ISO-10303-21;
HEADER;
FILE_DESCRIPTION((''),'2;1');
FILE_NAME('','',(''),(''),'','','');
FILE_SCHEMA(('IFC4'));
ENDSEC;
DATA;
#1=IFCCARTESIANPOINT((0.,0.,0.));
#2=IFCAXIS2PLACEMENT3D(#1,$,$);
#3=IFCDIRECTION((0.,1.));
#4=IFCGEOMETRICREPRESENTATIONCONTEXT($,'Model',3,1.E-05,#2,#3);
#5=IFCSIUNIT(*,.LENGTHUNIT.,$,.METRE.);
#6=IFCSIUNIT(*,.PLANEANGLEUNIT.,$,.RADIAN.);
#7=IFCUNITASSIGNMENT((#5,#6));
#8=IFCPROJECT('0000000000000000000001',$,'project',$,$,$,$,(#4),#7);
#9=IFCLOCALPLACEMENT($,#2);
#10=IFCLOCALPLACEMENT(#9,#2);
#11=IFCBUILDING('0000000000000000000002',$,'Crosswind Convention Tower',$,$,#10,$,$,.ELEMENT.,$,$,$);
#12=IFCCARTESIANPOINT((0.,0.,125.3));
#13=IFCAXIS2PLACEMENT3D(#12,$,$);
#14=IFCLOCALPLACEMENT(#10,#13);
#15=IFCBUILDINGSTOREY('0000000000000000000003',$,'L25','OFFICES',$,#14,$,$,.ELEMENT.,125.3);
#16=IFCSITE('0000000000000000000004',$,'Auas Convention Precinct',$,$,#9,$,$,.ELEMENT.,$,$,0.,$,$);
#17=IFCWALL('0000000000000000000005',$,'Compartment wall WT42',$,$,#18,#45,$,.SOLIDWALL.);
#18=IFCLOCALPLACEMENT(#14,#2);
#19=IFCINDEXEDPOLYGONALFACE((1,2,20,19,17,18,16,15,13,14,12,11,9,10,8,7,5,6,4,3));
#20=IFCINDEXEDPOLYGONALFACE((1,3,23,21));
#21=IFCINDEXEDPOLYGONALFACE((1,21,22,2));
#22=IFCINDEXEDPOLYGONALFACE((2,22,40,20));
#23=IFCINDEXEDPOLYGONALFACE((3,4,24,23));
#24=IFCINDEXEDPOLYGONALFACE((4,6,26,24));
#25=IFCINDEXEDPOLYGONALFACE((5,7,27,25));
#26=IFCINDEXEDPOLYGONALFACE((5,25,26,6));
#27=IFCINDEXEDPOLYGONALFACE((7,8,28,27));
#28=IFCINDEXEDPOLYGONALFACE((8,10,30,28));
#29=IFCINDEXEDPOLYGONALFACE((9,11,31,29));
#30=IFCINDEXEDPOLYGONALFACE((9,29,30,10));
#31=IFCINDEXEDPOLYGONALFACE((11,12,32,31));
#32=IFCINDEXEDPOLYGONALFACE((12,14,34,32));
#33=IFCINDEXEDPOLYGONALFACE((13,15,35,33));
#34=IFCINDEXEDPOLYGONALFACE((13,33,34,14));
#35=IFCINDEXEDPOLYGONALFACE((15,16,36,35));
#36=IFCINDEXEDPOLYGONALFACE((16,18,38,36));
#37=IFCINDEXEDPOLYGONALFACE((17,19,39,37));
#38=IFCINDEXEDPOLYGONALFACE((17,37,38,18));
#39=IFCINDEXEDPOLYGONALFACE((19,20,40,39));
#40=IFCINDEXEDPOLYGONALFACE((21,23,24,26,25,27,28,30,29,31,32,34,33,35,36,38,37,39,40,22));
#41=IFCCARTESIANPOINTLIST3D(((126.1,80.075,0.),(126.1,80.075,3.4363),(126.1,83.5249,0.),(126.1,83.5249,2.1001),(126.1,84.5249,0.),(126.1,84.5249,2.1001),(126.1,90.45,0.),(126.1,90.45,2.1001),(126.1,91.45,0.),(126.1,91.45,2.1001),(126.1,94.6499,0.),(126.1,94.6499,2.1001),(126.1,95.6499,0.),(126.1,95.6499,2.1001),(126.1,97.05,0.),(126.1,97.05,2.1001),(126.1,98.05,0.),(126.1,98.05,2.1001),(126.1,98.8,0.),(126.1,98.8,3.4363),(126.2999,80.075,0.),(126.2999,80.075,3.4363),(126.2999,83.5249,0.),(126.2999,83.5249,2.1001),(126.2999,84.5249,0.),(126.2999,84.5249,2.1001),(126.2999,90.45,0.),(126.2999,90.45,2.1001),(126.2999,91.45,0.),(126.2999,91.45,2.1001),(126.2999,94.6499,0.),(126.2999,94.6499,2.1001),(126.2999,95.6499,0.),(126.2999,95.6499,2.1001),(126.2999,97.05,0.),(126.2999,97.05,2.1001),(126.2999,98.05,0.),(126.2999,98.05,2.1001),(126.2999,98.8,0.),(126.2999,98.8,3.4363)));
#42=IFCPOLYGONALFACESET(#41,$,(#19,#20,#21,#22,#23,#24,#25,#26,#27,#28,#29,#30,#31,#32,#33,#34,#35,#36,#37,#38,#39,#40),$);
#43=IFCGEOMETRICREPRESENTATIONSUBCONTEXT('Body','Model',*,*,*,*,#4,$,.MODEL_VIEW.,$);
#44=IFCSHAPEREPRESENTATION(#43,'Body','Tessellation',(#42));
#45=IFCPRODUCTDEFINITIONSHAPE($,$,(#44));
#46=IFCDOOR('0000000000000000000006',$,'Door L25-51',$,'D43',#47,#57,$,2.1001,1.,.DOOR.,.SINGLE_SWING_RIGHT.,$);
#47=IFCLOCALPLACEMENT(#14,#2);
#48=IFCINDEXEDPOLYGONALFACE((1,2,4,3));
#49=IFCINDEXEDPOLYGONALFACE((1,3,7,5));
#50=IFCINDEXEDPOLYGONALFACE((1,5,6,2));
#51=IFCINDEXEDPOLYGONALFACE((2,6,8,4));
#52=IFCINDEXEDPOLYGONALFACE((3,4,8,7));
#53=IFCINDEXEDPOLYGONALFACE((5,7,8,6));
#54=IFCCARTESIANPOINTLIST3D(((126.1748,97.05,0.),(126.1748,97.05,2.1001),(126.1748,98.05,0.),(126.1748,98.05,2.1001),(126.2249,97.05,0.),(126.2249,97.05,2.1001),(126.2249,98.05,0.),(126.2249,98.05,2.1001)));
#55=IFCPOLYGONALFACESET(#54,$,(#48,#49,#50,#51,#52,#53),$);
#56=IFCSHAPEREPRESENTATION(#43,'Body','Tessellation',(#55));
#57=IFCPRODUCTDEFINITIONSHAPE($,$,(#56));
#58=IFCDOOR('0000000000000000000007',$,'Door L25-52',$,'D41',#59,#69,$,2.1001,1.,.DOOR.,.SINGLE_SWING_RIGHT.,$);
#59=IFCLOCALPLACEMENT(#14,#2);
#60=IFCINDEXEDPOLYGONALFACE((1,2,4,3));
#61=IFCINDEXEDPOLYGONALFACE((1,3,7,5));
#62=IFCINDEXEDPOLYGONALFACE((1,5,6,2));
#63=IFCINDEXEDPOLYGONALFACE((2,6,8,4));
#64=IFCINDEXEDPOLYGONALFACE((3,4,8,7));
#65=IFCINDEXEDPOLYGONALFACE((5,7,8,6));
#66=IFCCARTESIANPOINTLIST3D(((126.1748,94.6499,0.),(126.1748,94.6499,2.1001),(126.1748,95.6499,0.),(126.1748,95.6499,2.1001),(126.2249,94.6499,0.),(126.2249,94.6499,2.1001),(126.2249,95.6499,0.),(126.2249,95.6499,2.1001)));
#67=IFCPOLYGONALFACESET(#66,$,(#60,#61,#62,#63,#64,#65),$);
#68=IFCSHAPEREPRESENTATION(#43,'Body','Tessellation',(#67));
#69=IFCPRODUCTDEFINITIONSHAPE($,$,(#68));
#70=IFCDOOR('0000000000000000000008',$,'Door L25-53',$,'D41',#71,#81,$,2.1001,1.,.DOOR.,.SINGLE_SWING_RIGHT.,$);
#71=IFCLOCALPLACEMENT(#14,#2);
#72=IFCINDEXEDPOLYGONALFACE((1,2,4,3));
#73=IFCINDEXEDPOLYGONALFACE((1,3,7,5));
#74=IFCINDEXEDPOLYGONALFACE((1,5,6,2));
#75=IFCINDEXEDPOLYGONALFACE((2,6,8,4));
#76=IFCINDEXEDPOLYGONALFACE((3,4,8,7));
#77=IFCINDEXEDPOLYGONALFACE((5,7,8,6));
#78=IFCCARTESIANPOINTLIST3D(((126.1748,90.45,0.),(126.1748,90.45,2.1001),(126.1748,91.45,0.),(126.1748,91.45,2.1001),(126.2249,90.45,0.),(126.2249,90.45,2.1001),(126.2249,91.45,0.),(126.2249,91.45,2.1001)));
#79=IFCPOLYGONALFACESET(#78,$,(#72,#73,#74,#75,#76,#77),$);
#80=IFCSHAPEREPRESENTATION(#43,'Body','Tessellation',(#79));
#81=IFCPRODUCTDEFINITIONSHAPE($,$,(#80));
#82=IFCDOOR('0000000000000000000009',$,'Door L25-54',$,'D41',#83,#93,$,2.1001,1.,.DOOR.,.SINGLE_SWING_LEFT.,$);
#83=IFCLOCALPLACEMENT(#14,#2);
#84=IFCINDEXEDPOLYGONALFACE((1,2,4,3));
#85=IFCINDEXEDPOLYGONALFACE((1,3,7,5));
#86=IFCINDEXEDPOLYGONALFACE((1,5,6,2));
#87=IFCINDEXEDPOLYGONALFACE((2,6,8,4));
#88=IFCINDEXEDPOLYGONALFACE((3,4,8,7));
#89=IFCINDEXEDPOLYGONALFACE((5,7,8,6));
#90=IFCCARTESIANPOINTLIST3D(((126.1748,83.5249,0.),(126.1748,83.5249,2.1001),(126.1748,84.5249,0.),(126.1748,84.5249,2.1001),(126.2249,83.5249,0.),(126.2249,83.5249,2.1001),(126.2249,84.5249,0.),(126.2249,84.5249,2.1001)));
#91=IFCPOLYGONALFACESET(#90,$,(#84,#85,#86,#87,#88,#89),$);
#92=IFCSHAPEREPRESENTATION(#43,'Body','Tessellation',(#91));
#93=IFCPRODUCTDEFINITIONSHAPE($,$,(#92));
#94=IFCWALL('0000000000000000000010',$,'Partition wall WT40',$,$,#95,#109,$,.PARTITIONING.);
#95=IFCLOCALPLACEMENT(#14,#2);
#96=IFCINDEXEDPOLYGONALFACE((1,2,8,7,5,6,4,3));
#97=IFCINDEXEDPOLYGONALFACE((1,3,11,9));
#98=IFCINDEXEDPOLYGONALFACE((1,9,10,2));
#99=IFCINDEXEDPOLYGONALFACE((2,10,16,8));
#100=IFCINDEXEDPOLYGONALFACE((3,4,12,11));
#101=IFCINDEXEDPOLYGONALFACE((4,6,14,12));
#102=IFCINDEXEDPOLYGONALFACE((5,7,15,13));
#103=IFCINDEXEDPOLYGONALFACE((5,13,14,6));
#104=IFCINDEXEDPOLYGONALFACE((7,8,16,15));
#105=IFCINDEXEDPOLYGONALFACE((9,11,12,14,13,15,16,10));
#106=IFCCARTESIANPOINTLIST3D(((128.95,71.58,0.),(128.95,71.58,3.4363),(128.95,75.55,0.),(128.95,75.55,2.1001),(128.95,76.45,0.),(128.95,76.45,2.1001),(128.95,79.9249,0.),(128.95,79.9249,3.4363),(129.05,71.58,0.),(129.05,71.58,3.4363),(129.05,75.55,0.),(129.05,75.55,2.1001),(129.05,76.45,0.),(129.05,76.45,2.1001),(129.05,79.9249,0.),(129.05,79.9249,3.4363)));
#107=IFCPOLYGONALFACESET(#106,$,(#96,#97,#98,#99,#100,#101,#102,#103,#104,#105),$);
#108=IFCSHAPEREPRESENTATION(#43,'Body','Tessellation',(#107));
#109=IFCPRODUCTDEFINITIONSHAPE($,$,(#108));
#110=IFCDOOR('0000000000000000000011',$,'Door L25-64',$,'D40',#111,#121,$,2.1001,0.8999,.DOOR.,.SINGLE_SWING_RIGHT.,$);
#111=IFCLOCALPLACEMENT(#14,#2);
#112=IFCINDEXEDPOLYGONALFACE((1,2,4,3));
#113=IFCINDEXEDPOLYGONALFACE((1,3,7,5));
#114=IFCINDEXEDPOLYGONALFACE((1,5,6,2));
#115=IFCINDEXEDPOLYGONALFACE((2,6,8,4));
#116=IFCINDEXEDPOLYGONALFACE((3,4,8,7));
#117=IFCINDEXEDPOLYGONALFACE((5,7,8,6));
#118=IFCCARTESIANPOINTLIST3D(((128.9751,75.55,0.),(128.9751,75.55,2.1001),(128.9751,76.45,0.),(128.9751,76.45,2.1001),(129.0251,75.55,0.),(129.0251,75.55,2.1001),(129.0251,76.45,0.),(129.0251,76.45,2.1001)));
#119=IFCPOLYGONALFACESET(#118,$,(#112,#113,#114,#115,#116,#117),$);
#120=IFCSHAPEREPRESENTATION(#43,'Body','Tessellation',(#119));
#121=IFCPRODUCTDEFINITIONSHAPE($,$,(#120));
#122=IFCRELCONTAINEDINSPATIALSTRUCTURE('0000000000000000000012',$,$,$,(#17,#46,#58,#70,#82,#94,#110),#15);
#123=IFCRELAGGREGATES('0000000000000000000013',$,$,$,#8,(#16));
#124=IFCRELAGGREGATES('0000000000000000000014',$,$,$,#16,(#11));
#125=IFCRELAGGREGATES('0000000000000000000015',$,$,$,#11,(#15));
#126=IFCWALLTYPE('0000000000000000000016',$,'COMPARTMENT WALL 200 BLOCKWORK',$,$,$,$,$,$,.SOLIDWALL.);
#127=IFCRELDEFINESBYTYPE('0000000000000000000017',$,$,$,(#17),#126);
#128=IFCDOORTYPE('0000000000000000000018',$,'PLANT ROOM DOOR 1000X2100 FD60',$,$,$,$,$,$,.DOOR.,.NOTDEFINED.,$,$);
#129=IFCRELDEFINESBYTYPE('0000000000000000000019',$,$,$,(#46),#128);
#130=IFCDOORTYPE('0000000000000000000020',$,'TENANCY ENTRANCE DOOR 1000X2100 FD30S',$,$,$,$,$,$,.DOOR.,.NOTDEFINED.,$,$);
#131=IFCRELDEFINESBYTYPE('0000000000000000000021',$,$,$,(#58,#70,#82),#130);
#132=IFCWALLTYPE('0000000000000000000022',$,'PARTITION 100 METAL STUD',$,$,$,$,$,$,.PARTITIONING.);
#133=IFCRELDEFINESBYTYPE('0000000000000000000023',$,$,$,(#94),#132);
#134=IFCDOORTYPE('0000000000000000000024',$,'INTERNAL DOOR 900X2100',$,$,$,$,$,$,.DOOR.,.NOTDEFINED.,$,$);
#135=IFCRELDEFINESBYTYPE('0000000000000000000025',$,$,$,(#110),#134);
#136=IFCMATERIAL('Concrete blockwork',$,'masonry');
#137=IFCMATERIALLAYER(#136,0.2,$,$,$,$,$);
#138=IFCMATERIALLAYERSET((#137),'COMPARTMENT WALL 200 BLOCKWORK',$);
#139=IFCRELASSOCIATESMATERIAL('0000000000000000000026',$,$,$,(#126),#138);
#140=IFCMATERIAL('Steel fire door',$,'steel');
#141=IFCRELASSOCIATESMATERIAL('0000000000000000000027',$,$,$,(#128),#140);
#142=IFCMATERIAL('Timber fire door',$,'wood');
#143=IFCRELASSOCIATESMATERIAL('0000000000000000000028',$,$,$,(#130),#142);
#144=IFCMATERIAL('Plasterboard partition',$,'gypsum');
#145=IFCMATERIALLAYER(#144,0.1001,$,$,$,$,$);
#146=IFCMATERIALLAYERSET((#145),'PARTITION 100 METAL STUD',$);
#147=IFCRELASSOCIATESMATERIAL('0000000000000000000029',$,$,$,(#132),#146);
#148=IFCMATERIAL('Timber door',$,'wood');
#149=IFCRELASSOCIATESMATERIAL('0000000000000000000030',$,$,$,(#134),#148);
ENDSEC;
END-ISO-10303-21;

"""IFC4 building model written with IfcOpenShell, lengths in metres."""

from ifc_helpers import new_model, si_unit, direction, frame, frame_2d, origin, place, context, subcontext, project, spatial, rectangle, extrude, material, layer, layer_set, type_object, element, fill, save


model = new_model("IFC4")

# Units and contexts
model_context = context("Model", 3, precision=1e-05, world=origin(), true_north=direction((0.0, 1.0)))
body_context = subcontext(model_context, "Body", "Model", "MODEL_VIEW")
ifc_project = project(units=[si_unit("LENGTHUNIT", "METRE"), si_unit("PLANEANGLEUNIT", "RADIAN")], contexts=[model_context])

# Site, building, storey
site_placement = place(None, origin())
site = spatial("IfcSite", under=ifc_project, at=site_placement, Name="Auas Convention Precinct", CompositionType="ELEMENT", RefElevation=0.0)
building_placement = place(site_placement, origin())
building = spatial("IfcBuilding", under=site, at=building_placement, Name="Crosswind Convention Tower", CompositionType="ELEMENT")
storey_placement = place(building_placement, frame((0.0, 0.0, 125.3)))
storey = spatial("IfcBuildingStorey", under=building, at=storey_placement, Name="L25", Description="OFFICES", CompositionType="ELEMENT", Elevation=125.3)

# Wall, openings, doors
ifc_material_1 = material(Name="Concrete blockwork", Category="masonry")
ifc_layer_1 = layer(ifc_material_1, 0.2)
ifc_layer_set_1 = layer_set([ifc_layer_1], Name="COMPARTMENT WALL 200 BLOCKWORK")
wall_type_1 = type_object("IfcWallType", Name="COMPARTMENT WALL 200 BLOCKWORK", PredefinedType="SOLIDWALL", material=ifc_layer_set_1)
ifc_material_2 = material(Name="Steel fire door", Category="steel")
door_type_1 = type_object("IfcDoorType", Name="PLANT ROOM DOOR 1000X2100 FD60", OperationType="NOTDEFINED", PredefinedType="DOOR", material=ifc_material_2)
ifc_material_3 = material(Name="Timber fire door", Category="wood")
door_type_2 = type_object("IfcDoorType", Name="TENANCY ENTRANCE DOOR 1000X2100 FD30S", OperationType="NOTDEFINED", PredefinedType="DOOR", material=ifc_material_3)
wall_1_placement = place(storey_placement, frame((126.2, 80.075, 0.0), z_axis=(0.0, 0.0, 1.0), x_axis=(0.0, 1.0, 0.0)))
wall_1 = element("IfcWall", 1, at=wall_1_placement, inside=storey, type_object=wall_type_1, Name="Compartment wall WT42", PredefinedType="SOLIDWALL", context=body_context, shape_type="SweptSolid", body=[
    extrude(rectangle(XDim=18.7251, YDim=0.2, at=frame_2d((9.3625, 0.0))), origin(), (0.0, 0.0, 1.0), 3.4363),
])
opening_1_placement = place(wall_1_placement, frame((16.9751, 0.0, 0.0)))
opening_1 = element("IfcOpeningElement", 2, at=opening_1_placement, cuts=wall_1, PredefinedType="OPENING", context=body_context, shape_type="SweptSolid", body=[
    extrude(rectangle(XDim=1.0, YDim=2.1001, at=frame_2d((0.5, 1.05))), frame((0.0, 0.1099, 0.0), z_axis=(0.0, -1.0, 0.0), x_axis=(1.0, 0.0, 0.0)), (0.0, 0.0, 1.0), 0.22),
])
opening_2_placement = place(wall_1_placement, frame((14.575, 0.0, 0.0)))
opening_2 = element("IfcOpeningElement", 3, at=opening_2_placement, cuts=wall_1, PredefinedType="OPENING", context=body_context, shape_type="SweptSolid", body=[
    extrude(rectangle(XDim=1.0, YDim=2.1001, at=frame_2d((0.5, 1.05))), frame((0.0, 0.1099, 0.0), z_axis=(0.0, -1.0, 0.0), x_axis=(1.0, 0.0, 0.0)), (0.0, 0.0, 1.0), 0.22),
])
opening_3_placement = place(wall_1_placement, frame((10.375, 0.0, 0.0)))
opening_3 = element("IfcOpeningElement", 4, at=opening_3_placement, cuts=wall_1, PredefinedType="OPENING", context=body_context, shape_type="SweptSolid", body=[
    extrude(rectangle(XDim=1.0, YDim=2.1001, at=frame_2d((0.5, 1.05))), frame((0.0, 0.1099, 0.0), z_axis=(0.0, -1.0, 0.0), x_axis=(1.0, 0.0, 0.0)), (0.0, 0.0, 1.0), 0.22),
])
opening_4_placement = place(wall_1_placement, frame((3.45, 0.0, 0.0)))
opening_4 = element("IfcOpeningElement", 5, at=opening_4_placement, cuts=wall_1, PredefinedType="OPENING", context=body_context, shape_type="SweptSolid", body=[
    extrude(rectangle(XDim=1.0, YDim=2.1001, at=frame_2d((0.5, 1.05))), frame((0.0, 0.1099, 0.0), z_axis=(0.0, -1.0, 0.0), x_axis=(1.0, 0.0, 0.0)), (0.0, 0.0, 1.0), 0.22),
])
door_1_placement = place(opening_1_placement, frame((1.0, 0.0, 0.0), z_axis=(0.0, 0.0, 1.0), x_axis=(-1.0, 0.0, 0.0)))
door_1 = element("IfcDoor", 6, at=door_1_placement, inside=storey, type_object=door_type_1, Name="Door L25-51", ObjectType="D43", OperationType="SINGLE_SWING_RIGHT", OverallHeight=2.1001, OverallWidth=1.0, PredefinedType="DOOR", context=body_context, shape_type="SweptSolid", body=[
    extrude(rectangle(XDim=1.0, YDim=2.1001, at=frame_2d((0.5, 1.05))), frame((0.0, 0.0249, 0.0), z_axis=(0.0, -1.0, 0.0), x_axis=(1.0, 0.0, 0.0)), (0.0, 0.0, 1.0), 0.05),
])
fill(opening_1, door_1)
door_2_placement = place(opening_2_placement, frame((1.0, 0.0, 0.0), z_axis=(0.0, 0.0, 1.0), x_axis=(-1.0, 0.0, 0.0)))
door_2 = element("IfcDoor", 7, at=door_2_placement, inside=storey, type_object=door_type_2, Name="Door L25-52", ObjectType="D41", OperationType="SINGLE_SWING_RIGHT", OverallHeight=2.1001, OverallWidth=1.0, PredefinedType="DOOR", context=body_context, shape_type="SweptSolid", body=[
    extrude(rectangle(XDim=1.0, YDim=2.1001, at=frame_2d((0.5, 1.05))), frame((0.0, 0.0249, 0.0), z_axis=(0.0, -1.0, 0.0), x_axis=(1.0, 0.0, 0.0)), (0.0, 0.0, 1.0), 0.05),
])
fill(opening_2, door_2)
door_3_placement = place(opening_3_placement, frame((1.0, 0.0, 0.0), z_axis=(0.0, 0.0, 1.0), x_axis=(-1.0, 0.0, 0.0)))
door_3 = element("IfcDoor", 8, at=door_3_placement, inside=storey, type_object=door_type_2, Name="Door L25-53", ObjectType="D41", OperationType="SINGLE_SWING_RIGHT", OverallHeight=2.1001, OverallWidth=1.0, PredefinedType="DOOR", context=body_context, shape_type="SweptSolid", body=[
    extrude(rectangle(XDim=1.0, YDim=2.1001, at=frame_2d((0.5, 1.05))), frame((0.0, 0.0249, 0.0), z_axis=(0.0, -1.0, 0.0), x_axis=(1.0, 0.0, 0.0)), (0.0, 0.0, 1.0), 0.05),
])
fill(opening_3, door_3)
door_4_placement = place(opening_4_placement, frame((1.0, 0.0, 0.0), z_axis=(0.0, 0.0, 1.0), x_axis=(-1.0, 0.0, 0.0)))
door_4 = element("IfcDoor", 9, at=door_4_placement, inside=storey, type_object=door_type_2, Name="Door L25-54", ObjectType="D41", OperationType="SINGLE_SWING_LEFT", OverallHeight=2.1001, OverallWidth=1.0, PredefinedType="DOOR", context=body_context, shape_type="SweptSolid", body=[
    extrude(rectangle(XDim=1.0, YDim=2.1001, at=frame_2d((0.5, 1.05))), frame((0.0, 0.0249, 0.0), z_axis=(0.0, -1.0, 0.0), x_axis=(1.0, 0.0, 0.0)), (0.0, 0.0, 1.0), 0.05),
])
fill(opening_4, door_4)

# Wall, opening, door
ifc_material_4 = material(Name="Plasterboard partition", Category="gypsum")
ifc_layer_2 = layer(ifc_material_4, 0.1001)
ifc_layer_set_2 = layer_set([ifc_layer_2], Name="PARTITION 100 METAL STUD")
wall_type_2 = type_object("IfcWallType", Name="PARTITION 100 METAL STUD", PredefinedType="PARTITIONING", material=ifc_layer_set_2)
wall_2_placement = place(storey_placement, frame((129.0, 71.5801, 0.0), z_axis=(0.0, 0.0, 1.0), x_axis=(0.0, 1.0, 0.0)))
wall_2 = element("IfcWall", 10, at=wall_2_placement, inside=storey, type_object=wall_type_2, Name="Partition wall WT40", PredefinedType="PARTITIONING", context=body_context, shape_type="SweptSolid", body=[
    extrude(rectangle(XDim=8.345, YDim=0.1001, at=frame_2d((4.1724, 0.0))), origin(), (0.0, 0.0, 1.0), 3.4363),
])
opening_5_placement = place(wall_2_placement, frame((3.97, 0.0, 0.0)))
opening_5 = element("IfcOpeningElement", 11, at=opening_5_placement, cuts=wall_2, PredefinedType="OPENING", context=body_context, shape_type="SweptSolid", body=[
    extrude(rectangle(XDim=0.8999, YDim=2.1001, at=frame_2d((0.45, 1.05))), frame((0.0, 0.0601, 0.0), z_axis=(0.0, -1.0, 0.0), x_axis=(1.0, 0.0, 0.0)), (0.0, 0.0, 1.0), 0.1201),
])
ifc_material_5 = material(Name="Timber door", Category="wood")
door_type_3 = type_object("IfcDoorType", Name="INTERNAL DOOR 900X2100", OperationType="NOTDEFINED", PredefinedType="DOOR", material=ifc_material_5)
door_5_placement = place(opening_5_placement, origin())
door_5 = element("IfcDoor", 12, at=door_5_placement, inside=storey, type_object=door_type_3, Name="Door L25-64", ObjectType="D40", OperationType="SINGLE_SWING_RIGHT", OverallHeight=2.1001, OverallWidth=0.8999, PredefinedType="DOOR", context=body_context, shape_type="SweptSolid", body=[
    extrude(rectangle(XDim=0.8999, YDim=2.1001, at=frame_2d((0.45, 1.05))), frame((0.0, 0.0249, 0.0), z_axis=(0.0, -1.0, 0.0), x_axis=(1.0, 0.0, 0.0)), (0.0, 0.0, 1.0), 0.05),
])
fill(opening_5, door_5)

save(model, "model.ifc")
